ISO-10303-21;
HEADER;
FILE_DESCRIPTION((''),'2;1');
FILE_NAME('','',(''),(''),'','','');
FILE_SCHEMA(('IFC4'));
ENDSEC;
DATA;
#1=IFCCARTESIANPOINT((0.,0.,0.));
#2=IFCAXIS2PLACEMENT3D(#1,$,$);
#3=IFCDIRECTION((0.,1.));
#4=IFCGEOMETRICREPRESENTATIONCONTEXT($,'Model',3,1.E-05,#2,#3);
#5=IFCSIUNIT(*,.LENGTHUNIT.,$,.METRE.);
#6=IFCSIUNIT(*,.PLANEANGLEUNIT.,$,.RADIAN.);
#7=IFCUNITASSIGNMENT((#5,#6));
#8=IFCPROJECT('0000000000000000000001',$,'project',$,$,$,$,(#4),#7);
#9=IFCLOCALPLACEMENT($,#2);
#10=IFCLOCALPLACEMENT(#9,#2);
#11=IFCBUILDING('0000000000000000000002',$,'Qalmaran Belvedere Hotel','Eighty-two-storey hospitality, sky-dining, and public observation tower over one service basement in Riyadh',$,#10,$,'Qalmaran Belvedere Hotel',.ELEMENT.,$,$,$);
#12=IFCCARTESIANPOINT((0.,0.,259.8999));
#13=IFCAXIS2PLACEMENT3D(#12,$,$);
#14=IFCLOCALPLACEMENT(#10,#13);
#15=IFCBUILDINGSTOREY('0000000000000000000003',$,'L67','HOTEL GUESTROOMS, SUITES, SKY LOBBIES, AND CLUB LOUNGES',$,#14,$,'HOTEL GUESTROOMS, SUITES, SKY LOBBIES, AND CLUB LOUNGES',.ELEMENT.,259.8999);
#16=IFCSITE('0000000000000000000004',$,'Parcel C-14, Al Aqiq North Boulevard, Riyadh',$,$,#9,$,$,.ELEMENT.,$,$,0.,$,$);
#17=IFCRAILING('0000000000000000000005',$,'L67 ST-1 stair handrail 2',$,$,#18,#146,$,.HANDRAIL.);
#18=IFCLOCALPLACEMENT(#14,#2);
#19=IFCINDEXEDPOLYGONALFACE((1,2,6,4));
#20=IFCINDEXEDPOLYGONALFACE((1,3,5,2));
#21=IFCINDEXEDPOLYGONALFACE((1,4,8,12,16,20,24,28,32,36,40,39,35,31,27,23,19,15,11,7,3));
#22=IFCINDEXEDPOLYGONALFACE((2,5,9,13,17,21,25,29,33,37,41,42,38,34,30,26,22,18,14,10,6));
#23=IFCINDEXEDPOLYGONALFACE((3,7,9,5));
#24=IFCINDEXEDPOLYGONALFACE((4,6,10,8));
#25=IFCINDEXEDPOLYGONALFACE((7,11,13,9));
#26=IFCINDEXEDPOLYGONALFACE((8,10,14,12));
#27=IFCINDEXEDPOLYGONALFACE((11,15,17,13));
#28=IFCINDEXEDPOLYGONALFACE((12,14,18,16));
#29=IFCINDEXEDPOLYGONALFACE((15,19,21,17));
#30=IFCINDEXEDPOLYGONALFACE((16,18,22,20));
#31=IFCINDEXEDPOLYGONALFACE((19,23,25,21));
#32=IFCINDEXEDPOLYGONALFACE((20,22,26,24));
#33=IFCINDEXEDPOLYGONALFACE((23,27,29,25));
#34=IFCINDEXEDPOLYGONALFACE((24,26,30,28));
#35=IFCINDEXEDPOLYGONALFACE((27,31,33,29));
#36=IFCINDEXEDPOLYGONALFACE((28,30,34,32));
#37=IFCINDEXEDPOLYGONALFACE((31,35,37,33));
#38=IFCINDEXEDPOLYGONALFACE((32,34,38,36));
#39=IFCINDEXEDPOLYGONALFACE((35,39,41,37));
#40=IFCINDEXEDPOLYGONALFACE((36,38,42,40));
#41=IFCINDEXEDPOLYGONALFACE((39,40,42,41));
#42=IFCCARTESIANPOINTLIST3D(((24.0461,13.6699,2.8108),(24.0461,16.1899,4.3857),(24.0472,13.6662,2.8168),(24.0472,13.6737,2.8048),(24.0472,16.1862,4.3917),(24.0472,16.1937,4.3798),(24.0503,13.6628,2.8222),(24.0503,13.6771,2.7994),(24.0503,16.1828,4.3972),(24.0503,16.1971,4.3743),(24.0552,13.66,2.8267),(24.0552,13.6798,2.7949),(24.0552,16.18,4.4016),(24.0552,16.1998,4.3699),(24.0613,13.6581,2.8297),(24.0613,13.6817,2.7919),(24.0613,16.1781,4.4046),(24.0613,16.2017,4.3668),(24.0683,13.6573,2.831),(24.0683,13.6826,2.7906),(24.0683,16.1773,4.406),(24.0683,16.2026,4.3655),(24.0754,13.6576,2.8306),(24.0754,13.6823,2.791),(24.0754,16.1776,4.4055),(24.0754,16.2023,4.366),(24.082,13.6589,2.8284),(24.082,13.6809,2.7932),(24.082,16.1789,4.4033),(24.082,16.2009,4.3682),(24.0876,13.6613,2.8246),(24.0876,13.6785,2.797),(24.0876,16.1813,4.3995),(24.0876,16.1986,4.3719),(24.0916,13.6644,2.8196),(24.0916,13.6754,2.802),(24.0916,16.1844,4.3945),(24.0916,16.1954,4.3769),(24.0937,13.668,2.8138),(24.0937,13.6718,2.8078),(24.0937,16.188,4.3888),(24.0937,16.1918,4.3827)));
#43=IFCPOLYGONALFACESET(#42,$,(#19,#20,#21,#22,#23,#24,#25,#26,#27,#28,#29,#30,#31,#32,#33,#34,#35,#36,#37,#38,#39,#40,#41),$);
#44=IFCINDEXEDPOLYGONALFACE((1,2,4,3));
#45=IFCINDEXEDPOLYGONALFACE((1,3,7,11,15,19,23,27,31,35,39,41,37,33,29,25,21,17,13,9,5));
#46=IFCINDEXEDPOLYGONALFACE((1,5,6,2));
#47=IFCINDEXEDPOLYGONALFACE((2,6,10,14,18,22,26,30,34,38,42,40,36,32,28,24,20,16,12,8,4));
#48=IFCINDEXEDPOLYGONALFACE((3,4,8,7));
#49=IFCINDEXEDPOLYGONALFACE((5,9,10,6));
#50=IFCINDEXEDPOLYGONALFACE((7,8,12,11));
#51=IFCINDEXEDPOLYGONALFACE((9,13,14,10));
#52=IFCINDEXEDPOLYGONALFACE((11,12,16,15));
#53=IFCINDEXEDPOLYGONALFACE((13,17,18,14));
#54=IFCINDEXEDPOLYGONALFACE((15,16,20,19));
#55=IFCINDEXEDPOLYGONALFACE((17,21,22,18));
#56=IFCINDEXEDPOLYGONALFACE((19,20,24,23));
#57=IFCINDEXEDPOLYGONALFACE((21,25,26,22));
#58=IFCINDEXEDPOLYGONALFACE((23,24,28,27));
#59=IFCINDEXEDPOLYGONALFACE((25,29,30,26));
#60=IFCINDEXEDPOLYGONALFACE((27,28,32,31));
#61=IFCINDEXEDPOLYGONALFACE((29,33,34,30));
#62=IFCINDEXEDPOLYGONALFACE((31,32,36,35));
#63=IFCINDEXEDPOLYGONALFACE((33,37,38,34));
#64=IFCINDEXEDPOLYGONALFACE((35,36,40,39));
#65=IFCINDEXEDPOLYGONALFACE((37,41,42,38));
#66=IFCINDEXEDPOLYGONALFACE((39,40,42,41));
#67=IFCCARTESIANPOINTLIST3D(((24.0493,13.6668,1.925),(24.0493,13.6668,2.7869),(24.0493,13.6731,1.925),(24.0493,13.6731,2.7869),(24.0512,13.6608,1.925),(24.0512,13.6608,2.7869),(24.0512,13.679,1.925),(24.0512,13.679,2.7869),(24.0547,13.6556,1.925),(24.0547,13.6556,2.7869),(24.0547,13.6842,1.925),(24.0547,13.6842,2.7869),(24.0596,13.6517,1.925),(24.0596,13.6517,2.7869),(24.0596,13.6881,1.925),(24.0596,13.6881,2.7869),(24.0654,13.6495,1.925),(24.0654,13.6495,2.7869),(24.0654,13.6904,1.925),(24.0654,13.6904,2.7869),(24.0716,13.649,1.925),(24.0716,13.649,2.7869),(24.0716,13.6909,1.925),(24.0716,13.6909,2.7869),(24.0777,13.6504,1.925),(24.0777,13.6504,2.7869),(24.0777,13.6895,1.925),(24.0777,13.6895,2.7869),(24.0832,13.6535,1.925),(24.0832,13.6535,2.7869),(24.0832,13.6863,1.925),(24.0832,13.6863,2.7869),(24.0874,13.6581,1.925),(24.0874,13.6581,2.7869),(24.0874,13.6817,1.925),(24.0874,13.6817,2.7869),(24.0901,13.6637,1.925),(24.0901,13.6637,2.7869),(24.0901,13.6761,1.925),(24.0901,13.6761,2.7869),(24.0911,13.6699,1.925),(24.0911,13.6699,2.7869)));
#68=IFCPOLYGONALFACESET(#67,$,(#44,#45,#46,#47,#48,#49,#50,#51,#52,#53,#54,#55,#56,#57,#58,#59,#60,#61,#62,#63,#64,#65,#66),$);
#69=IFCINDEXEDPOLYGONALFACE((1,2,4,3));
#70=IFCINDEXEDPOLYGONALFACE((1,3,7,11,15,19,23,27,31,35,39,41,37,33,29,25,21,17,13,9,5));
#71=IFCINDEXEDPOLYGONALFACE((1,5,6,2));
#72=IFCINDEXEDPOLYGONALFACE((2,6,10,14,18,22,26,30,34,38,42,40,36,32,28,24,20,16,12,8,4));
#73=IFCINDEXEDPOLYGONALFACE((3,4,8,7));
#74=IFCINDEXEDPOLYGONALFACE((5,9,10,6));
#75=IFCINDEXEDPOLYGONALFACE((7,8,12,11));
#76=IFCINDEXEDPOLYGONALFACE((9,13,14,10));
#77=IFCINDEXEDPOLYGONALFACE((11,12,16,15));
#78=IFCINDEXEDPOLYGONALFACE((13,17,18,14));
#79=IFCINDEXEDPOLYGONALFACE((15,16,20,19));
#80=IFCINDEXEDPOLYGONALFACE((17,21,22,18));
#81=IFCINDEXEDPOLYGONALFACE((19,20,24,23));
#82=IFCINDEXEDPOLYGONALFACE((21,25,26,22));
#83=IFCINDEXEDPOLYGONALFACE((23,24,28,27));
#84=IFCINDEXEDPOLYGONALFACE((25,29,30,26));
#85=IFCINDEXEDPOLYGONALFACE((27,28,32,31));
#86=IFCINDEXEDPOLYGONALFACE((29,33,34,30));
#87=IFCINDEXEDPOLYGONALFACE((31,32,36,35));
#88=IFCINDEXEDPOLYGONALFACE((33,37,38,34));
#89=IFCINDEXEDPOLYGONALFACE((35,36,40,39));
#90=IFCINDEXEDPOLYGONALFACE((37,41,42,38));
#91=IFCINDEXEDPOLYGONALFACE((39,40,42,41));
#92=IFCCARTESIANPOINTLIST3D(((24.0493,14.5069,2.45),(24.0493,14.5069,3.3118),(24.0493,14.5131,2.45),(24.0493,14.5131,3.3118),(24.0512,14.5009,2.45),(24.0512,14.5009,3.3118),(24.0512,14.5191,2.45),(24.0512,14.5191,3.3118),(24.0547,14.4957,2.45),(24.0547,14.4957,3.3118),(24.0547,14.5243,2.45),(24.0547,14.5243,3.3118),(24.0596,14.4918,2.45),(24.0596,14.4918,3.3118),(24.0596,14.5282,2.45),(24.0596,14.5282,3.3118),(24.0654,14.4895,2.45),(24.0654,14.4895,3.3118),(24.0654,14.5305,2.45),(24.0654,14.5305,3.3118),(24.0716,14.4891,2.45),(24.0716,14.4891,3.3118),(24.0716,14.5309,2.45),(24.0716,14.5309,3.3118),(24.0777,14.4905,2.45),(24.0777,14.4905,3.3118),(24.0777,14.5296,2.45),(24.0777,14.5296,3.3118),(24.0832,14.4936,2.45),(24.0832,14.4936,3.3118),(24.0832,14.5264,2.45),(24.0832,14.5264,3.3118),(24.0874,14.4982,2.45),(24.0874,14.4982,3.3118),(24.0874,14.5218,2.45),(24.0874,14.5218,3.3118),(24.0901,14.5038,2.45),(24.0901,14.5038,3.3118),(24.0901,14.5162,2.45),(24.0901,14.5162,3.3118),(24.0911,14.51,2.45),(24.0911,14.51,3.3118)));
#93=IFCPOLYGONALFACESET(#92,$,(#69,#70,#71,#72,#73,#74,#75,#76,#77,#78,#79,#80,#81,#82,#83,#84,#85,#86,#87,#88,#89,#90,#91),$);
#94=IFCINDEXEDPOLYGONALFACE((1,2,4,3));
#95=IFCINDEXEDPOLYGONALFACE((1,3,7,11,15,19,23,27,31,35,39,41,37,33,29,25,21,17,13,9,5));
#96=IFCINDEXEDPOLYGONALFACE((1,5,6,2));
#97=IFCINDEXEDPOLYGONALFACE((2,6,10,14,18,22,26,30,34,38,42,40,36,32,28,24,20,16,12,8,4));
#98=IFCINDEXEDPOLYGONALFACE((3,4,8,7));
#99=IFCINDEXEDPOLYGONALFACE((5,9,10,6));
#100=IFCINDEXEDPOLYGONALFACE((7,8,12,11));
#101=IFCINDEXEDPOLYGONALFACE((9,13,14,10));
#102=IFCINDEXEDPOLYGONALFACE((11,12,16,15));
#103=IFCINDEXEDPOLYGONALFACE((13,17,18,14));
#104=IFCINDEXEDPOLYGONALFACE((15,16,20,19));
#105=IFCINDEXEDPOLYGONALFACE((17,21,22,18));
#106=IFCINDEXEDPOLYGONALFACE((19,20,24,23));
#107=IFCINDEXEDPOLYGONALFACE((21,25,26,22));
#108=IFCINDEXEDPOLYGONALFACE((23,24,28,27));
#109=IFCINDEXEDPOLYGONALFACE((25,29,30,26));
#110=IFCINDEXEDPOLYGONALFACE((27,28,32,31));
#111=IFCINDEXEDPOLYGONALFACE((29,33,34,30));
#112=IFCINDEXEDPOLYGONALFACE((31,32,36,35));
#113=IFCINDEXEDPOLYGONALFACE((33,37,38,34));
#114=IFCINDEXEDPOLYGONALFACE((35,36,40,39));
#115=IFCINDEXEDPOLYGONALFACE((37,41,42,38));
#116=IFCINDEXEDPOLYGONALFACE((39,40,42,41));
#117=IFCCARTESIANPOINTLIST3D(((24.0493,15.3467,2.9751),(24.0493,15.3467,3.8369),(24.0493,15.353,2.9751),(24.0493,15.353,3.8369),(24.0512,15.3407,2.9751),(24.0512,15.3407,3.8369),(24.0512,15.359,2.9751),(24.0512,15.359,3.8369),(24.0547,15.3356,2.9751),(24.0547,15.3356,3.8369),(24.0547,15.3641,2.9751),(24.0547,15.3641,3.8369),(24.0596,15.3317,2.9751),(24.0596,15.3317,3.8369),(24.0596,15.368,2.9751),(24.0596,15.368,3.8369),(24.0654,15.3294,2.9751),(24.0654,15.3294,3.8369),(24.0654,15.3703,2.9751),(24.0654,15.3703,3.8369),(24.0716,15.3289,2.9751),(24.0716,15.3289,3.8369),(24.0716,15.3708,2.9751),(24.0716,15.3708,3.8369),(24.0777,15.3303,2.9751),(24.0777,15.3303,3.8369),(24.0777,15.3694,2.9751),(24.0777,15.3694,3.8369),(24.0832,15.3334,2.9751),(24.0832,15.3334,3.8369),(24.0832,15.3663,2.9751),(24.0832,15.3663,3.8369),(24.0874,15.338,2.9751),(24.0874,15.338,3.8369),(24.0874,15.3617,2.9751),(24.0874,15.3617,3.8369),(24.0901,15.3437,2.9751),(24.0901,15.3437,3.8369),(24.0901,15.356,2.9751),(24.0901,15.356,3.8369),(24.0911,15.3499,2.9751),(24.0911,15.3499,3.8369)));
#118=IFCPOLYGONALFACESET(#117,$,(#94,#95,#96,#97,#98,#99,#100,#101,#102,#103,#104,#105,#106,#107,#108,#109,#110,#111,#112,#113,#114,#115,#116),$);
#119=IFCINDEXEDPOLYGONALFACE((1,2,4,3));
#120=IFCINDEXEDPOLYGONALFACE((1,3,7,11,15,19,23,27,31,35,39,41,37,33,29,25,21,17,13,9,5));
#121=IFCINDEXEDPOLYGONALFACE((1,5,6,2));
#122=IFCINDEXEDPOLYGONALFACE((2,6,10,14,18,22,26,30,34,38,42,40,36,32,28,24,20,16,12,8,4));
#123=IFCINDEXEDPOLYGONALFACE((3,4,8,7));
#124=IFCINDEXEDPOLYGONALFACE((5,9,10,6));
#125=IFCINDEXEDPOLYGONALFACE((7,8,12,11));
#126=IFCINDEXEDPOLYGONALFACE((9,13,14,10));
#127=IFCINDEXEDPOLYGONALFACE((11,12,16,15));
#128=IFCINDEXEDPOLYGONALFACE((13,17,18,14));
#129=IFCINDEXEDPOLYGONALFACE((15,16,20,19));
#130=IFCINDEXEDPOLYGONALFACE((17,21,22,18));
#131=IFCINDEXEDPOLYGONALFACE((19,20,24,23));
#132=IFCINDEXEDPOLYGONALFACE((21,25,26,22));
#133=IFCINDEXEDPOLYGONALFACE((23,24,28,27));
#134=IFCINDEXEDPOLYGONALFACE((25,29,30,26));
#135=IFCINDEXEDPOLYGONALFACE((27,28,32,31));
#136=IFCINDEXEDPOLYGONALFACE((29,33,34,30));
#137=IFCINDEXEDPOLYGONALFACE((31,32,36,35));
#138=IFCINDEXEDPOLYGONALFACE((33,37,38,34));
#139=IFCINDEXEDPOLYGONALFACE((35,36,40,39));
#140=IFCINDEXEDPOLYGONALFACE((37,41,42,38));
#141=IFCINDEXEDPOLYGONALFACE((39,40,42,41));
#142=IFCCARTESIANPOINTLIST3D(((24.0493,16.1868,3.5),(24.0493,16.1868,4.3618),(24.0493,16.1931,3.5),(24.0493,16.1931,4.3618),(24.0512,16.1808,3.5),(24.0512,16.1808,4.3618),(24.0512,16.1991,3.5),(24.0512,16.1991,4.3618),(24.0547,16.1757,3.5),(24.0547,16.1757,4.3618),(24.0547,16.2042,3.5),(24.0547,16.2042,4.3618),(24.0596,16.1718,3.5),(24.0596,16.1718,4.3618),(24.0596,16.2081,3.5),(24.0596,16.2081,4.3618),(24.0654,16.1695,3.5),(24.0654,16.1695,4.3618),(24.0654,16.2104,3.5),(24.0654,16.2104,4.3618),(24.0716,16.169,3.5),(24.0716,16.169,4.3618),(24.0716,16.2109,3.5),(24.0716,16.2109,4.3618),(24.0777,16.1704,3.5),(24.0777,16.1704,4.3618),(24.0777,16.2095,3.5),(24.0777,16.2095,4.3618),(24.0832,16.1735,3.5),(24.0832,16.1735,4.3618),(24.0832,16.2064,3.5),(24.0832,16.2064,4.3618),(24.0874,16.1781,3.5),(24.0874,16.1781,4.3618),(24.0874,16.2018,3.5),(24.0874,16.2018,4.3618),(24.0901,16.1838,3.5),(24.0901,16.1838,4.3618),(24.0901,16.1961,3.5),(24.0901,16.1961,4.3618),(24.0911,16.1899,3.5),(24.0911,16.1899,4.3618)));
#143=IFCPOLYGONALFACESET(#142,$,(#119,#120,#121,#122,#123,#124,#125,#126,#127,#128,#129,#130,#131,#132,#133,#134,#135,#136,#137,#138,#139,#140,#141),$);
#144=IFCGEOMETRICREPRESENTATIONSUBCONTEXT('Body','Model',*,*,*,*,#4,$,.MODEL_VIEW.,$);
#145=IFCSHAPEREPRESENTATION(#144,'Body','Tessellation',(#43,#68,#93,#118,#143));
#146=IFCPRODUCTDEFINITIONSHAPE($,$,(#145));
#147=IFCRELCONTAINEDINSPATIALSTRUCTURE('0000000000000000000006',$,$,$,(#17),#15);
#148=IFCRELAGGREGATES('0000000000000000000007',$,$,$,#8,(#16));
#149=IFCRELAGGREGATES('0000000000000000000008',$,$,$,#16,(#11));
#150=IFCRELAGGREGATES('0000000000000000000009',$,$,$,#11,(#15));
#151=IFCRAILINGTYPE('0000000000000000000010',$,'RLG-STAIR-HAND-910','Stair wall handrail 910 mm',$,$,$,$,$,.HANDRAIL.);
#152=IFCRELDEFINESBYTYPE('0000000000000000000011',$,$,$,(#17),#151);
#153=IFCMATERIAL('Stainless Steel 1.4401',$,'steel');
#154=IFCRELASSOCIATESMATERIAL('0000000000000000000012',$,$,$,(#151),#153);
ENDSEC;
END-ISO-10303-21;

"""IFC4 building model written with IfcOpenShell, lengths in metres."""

from ifc_helpers import new_model, si_unit, direction, frame, origin, origin_2d, place, context, subcontext, project, spatial, circle, extrude, material, type_object, element, save


model = new_model("IFC4")

# Units and contexts
model_context = context("Model", 3, precision=1e-05, world=origin(), true_north=direction((0.0, 1.0)))
body_context = subcontext(model_context, "Body", "Model", "MODEL_VIEW")
ifc_project = project(units=[si_unit("LENGTHUNIT", "METRE"), si_unit("PLANEANGLEUNIT", "RADIAN")], contexts=[model_context])

# Site, building, storey
site_placement = place(None, origin())
site = spatial("IfcSite", under=ifc_project, at=site_placement, Name="Parcel C-14, Al Aqiq North Boulevard, Riyadh", CompositionType="ELEMENT", RefElevation=0.0)
building_placement = place(site_placement, origin())
building = spatial("IfcBuilding", under=site, at=building_placement, Name="Qalmaran Belvedere Hotel", Description="Eighty-two-storey hospitality, sky-dining, and public observation tower over one service basement in Riyadh", LongName="Qalmaran Belvedere Hotel", CompositionType="ELEMENT")
storey_placement = place(building_placement, frame((0.0, 0.0, 259.8999)))
storey = spatial("IfcBuildingStorey", under=building, at=storey_placement, Name="L67", Description="HOTEL GUESTROOMS, SUITES, SKY LOBBIES, AND CLUB LOUNGES", LongName="HOTEL GUESTROOMS, SUITES, SKY LOBBIES, AND CLUB LOUNGES", CompositionType="ELEMENT", Elevation=259.8999)

# Shared definitions
ifc_material_1 = material(Name="Stainless Steel 1.4401", Category="steel")

# Railing
railing_type_1 = type_object("IfcRailingType", Name="RLG-STAIR-HAND-910", Description="Stair wall handrail 910 mm", PredefinedType="HANDRAIL", material=ifc_material_1)
railing_1_placement = place(storey_placement, frame((24.0701, 13.6699, 1.925)))
element("IfcRailing", 1, at=railing_1_placement, inside=storey, type_object=railing_type_1, Name="L67 ST-1 stair handrail 2", PredefinedType="HANDRAIL", context=body_context, shape_type="SweptSolid", body=[
    extrude(circle(Radius=0.0239, at=origin_2d()), frame((0.0, 0.0, 0.8857), z_axis=(0.0, 0.848008, 0.529984), x_axis=(-1.0, 0.0, 0.0)), (0.0, 0.0, 1.0), 2.9717),
    extrude(circle(Radius=0.021, at=origin_2d()), origin(), (0.0, 0.0, 1.0), 0.8618),
    extrude(circle(Radius=0.021, at=origin_2d()), frame((0.0, 0.8401, 0.5249)), (0.0, 0.0, 1.0), 0.8618),
    extrude(circle(Radius=0.021, at=origin_2d()), frame((0.0, 1.6799, 1.05)), (0.0, 0.0, 1.0), 0.8618),
    extrude(circle(Radius=0.021, at=origin_2d()), frame((0.0, 2.52, 1.575)), (0.0, 0.0, 1.0), 0.8618),
])

save(model, "model.ifc")
